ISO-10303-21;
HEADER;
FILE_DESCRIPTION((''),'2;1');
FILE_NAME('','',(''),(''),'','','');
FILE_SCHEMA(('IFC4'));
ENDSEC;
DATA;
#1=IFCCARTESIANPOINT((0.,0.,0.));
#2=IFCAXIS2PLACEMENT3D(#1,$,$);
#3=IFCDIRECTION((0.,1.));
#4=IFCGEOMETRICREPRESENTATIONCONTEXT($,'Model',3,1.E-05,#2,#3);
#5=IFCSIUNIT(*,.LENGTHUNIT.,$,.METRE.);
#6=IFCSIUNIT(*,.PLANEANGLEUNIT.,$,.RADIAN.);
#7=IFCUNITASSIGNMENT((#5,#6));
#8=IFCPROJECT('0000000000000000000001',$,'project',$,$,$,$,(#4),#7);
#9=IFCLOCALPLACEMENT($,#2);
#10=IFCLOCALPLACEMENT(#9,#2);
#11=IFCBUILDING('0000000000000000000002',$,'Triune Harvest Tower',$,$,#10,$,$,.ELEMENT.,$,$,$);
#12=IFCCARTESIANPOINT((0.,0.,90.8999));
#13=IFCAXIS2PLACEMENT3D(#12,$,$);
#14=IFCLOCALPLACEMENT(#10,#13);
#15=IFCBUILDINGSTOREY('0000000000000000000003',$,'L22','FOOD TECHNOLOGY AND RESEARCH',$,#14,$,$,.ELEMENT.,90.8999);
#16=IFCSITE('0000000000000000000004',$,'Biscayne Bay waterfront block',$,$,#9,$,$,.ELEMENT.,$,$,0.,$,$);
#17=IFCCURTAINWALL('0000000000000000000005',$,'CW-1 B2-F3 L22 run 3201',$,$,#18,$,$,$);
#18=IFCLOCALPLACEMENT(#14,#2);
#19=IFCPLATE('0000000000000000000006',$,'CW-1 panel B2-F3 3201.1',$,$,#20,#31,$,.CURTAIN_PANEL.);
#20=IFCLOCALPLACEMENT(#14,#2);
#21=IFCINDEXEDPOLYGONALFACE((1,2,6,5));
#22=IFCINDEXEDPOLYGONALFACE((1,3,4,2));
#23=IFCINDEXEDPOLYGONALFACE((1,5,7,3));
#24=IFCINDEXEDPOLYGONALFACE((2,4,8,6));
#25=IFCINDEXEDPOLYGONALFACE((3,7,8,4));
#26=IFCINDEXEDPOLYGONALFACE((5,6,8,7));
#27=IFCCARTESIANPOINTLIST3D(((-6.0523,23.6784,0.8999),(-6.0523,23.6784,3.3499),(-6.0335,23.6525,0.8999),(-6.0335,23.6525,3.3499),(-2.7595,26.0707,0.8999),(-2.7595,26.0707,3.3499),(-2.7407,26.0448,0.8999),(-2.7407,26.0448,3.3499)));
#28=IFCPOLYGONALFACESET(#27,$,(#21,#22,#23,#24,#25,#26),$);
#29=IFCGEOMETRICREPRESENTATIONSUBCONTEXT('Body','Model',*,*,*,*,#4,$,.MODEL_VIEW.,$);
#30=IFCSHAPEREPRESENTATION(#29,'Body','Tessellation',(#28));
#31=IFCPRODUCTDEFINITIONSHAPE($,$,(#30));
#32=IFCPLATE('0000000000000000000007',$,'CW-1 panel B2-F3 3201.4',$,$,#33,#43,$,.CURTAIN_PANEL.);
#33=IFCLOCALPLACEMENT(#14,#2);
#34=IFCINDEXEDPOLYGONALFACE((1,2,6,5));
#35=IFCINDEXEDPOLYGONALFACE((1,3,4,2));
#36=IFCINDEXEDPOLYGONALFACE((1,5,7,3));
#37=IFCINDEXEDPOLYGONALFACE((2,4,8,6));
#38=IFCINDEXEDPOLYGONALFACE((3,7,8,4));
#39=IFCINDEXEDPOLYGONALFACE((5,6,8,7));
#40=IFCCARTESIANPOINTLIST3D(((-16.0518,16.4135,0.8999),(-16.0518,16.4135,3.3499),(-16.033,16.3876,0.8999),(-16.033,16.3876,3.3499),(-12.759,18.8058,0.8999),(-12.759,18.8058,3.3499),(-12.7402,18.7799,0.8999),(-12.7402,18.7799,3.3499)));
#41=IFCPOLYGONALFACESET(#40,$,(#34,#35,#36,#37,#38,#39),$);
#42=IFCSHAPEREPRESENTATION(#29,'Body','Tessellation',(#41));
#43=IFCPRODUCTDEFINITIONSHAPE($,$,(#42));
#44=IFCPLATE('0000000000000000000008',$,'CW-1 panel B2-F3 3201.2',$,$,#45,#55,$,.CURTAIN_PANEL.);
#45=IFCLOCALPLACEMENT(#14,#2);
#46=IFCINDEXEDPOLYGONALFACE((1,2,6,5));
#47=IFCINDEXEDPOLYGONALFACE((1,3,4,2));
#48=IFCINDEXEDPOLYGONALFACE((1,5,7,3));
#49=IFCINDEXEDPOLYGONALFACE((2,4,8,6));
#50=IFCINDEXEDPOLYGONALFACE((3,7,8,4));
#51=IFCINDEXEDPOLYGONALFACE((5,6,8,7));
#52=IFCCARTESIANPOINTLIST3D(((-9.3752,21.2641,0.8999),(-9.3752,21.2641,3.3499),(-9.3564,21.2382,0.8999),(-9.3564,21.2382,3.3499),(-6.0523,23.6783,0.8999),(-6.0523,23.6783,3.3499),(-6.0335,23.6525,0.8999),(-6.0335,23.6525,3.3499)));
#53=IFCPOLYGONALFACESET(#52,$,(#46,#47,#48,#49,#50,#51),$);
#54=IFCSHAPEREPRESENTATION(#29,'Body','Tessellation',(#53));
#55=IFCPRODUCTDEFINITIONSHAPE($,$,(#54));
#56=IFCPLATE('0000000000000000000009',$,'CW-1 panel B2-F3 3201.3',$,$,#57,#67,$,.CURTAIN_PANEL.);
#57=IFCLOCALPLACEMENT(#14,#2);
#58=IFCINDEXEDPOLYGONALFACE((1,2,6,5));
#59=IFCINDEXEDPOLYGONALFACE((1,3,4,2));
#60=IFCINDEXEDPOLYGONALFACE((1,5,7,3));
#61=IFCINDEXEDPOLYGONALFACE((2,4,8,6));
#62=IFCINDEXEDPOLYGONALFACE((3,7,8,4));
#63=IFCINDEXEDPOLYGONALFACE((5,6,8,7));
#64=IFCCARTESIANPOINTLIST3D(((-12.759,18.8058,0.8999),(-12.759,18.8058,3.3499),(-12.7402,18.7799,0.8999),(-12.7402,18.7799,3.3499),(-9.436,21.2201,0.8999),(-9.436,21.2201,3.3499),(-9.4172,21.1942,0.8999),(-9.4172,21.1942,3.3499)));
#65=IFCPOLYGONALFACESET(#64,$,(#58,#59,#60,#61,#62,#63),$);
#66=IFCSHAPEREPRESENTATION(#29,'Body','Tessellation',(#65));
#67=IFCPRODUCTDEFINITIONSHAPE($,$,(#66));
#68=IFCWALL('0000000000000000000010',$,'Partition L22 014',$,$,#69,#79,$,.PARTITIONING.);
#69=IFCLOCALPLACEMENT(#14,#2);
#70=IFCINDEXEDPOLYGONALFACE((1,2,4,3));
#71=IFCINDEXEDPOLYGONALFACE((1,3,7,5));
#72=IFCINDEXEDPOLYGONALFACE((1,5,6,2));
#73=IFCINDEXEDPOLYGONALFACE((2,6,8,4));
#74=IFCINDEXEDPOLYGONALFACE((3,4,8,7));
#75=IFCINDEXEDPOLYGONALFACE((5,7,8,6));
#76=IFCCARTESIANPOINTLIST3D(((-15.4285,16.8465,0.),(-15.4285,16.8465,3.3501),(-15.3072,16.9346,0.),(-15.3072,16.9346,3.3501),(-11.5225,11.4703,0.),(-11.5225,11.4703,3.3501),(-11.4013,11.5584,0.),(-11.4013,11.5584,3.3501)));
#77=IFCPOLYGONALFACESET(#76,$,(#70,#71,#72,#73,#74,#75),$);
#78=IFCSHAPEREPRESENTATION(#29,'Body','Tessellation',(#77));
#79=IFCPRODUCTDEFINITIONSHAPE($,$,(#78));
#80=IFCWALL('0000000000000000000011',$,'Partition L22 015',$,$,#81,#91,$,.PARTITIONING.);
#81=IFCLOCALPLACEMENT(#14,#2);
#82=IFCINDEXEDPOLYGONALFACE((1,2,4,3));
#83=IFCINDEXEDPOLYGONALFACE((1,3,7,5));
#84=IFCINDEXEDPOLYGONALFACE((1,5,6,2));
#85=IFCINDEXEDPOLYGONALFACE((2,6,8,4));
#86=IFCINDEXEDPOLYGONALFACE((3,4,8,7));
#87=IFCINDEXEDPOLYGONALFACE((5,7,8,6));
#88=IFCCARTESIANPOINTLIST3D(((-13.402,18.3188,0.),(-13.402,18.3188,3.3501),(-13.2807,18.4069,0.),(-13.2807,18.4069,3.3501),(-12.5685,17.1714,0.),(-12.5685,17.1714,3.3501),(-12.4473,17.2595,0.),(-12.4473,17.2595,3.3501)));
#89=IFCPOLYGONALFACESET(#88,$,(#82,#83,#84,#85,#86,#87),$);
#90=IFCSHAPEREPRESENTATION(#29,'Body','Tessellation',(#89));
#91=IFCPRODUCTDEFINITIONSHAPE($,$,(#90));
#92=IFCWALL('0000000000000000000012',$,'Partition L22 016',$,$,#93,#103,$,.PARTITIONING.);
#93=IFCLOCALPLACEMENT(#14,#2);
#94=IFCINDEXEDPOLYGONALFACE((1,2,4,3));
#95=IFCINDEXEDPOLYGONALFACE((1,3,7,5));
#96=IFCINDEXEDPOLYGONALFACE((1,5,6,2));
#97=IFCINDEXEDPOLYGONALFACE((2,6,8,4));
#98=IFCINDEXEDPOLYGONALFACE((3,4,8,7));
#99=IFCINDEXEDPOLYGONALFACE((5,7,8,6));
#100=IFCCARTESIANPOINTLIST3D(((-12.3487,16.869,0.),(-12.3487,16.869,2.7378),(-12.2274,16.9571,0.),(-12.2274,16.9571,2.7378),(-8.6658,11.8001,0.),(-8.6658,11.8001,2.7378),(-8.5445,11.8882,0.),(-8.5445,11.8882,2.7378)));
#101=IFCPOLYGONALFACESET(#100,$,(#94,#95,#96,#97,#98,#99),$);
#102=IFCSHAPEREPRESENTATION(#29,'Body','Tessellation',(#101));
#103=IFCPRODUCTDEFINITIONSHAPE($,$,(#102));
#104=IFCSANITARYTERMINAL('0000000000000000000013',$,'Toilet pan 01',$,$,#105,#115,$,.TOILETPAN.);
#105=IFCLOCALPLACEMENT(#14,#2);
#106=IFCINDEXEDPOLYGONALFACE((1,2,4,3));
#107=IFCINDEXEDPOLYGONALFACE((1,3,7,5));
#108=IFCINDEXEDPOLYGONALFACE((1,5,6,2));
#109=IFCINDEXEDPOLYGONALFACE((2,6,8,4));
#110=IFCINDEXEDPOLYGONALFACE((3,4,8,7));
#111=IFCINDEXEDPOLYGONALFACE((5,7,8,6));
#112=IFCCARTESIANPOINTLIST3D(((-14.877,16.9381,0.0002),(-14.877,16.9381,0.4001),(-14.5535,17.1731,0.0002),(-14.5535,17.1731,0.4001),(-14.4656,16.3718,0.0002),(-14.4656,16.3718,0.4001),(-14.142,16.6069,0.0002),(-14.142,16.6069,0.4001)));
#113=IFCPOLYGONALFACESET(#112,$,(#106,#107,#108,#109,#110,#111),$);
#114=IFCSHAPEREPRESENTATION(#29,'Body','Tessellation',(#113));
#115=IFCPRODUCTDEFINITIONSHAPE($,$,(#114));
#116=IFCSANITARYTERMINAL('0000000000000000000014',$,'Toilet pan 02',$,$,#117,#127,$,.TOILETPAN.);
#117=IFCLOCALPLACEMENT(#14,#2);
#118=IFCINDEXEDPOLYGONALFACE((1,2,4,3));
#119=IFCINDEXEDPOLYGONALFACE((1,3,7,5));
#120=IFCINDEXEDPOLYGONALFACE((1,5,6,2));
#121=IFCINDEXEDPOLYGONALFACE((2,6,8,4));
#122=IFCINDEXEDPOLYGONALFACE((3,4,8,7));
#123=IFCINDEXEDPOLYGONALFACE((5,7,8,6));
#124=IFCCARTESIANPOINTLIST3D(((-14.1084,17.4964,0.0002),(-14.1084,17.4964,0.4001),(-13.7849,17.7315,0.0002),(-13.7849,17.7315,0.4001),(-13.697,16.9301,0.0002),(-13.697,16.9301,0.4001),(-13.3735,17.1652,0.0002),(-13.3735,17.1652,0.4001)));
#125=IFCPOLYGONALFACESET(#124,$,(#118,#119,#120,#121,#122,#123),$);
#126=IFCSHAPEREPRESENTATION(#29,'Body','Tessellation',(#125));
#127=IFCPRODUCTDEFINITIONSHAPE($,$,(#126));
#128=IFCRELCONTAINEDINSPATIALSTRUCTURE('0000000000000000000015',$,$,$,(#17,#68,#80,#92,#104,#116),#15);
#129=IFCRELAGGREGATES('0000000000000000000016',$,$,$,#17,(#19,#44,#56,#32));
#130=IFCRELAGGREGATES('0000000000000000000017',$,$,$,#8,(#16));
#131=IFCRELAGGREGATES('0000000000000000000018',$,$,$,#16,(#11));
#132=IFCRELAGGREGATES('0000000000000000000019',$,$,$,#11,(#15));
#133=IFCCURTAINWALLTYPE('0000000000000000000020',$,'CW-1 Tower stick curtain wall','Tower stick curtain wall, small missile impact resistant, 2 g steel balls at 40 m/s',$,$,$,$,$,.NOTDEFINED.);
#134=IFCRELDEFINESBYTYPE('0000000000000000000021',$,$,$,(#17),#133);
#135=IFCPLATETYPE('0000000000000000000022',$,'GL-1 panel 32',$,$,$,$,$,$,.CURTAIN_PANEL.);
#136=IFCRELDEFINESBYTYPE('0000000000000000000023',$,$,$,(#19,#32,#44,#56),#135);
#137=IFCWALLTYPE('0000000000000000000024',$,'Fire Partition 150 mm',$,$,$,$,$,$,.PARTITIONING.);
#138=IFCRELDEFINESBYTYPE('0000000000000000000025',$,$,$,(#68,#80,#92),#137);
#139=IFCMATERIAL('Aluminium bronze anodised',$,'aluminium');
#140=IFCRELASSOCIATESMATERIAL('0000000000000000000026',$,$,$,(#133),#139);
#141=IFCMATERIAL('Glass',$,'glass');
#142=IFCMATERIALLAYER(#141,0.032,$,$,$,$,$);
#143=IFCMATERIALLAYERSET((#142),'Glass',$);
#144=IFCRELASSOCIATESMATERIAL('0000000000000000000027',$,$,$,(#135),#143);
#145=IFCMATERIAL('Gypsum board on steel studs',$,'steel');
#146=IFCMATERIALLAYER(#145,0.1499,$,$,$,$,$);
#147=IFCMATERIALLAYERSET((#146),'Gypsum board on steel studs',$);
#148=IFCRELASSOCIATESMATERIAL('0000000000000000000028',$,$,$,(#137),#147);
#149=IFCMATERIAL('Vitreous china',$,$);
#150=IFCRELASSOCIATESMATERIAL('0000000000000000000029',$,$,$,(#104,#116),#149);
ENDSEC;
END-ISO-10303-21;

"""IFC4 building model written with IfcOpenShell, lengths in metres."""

from ifc_helpers import new_model, si_unit, direction, frame, frame_2d, origin, origin_2d, place, context, subcontext, project, spatial, rectangle, extrude, source, transform, mapped, material, layer, layer_set, type_object, element, aggregate, save


model = new_model("IFC4")

# Units and contexts
model_context = context("Model", 3, precision=1e-05, world=origin(), true_north=direction((0.0, 1.0)))
body_context = subcontext(model_context, "Body", "Model", "MODEL_VIEW")
ifc_project = project(units=[si_unit("LENGTHUNIT", "METRE"), si_unit("PLANEANGLEUNIT", "RADIAN")], contexts=[model_context])

# Site, building, storey
site_placement = place(None, origin())
site = spatial("IfcSite", under=ifc_project, at=site_placement, Name="Biscayne Bay waterfront block", CompositionType="ELEMENT", RefElevation=0.0)
building_placement = place(site_placement, origin())
building = spatial("IfcBuilding", under=site, at=building_placement, Name="Triune Harvest Tower", CompositionType="ELEMENT")
storey_placement = place(building_placement, frame((0.0, 0.0, 90.8999)))
storey = spatial("IfcBuildingStorey", under=building, at=storey_placement, Name="L22", Description="FOOD TECHNOLOGY AND RESEARCH", CompositionType="ELEMENT", Elevation=90.8999)

# Curtain wall
ifc_material_1 = material(Name="Aluminium bronze anodised", Category="aluminium")
curtain_wall_type_1 = type_object("IfcCurtainWallType", Name="CW-1 Tower stick curtain wall", Description="Tower stick curtain wall, small missile impact resistant, 2 g steel balls at 40 m/s", PredefinedType="NOTDEFINED", material=ifc_material_1)
curtain_wall_1_placement = place(storey_placement, origin())
curtain_wall_1 = element("IfcCurtainWall", 1, at=curtain_wall_1_placement, inside=storey, type_object=curtain_wall_type_1, Name="CW-1 B2-F3 L22 run 3201")

# Plates
ifc_material_2 = material(Name="Glass", Category="glass")
ifc_layer_1 = layer(ifc_material_2, 0.032)
ifc_layer_set_1 = layer_set([ifc_layer_1], Name="Glass")
plate_type_1 = type_object("IfcPlateType", Name="GL-1 panel 32", PredefinedType="CURTAIN_PANEL", material=ifc_layer_set_1)
shared_shape_1 = source(origin(), body_context, "Body", "SweptSolid", [
    extrude(rectangle(XDim=4.0701, YDim=0.032, at=origin_2d()), origin(), (0.0, 0.0, 1.0), 2.45),
])
plate_1_placement = place(storey_placement, frame((-4.3965, 24.8616, 0.8999), z_axis=(0.0, 0.0, 1.0), x_axis=(-0.809018, -0.587783, 0.0)))
plate_1 = element("IfcPlate", 2, at=plate_1_placement, type_object=plate_type_1, Name="CW-1 panel B2-F3 3201.1", PredefinedType="CURTAIN_PANEL", context=body_context, shape_type="MappedRepresentation", body=[
    mapped(shared_shape_1, transform((0.0, 0.0, 0.0), scale=1.0)),
])
plate_2_placement = place(storey_placement, frame((-14.396, 17.5967, 0.8999), z_axis=(0.0, 0.0, 1.0), x_axis=(-0.809018, -0.587783, 0.0)))
plate_2 = element("IfcPlate", 3, at=plate_2_placement, type_object=plate_type_1, Name="CW-1 panel B2-F3 3201.4", PredefinedType="CURTAIN_PANEL", context=body_context, shape_type="MappedRepresentation", body=[
    mapped(shared_shape_1, transform((0.0, 0.0, 0.0), scale=1.0)),
])
shared_shape_2 = source(origin(), body_context, "Body", "SweptSolid", [
    extrude(rectangle(XDim=4.1074, YDim=0.032, at=origin_2d()), origin(), (0.0, 0.0, 1.0), 2.45),
])
plate_3_placement = place(storey_placement, frame((-7.7043, 22.4583, 0.8999), z_axis=(0.0, 0.0, 1.0), x_axis=(-0.809018, -0.587783, 0.0)))
plate_3 = element("IfcPlate", 4, at=plate_3_placement, type_object=plate_type_1, Name="CW-1 panel B2-F3 3201.2", PredefinedType="CURTAIN_PANEL", context=body_context, shape_type="MappedRepresentation", body=[
    mapped(shared_shape_2, transform((0.0, 0.0, 0.0), scale=1.0)),
])
plate_4_placement = place(storey_placement, frame((-11.0881, 20.0, 0.8999), z_axis=(0.0, 0.0, 1.0), x_axis=(-0.809018, -0.587783, 0.0)))
plate_4 = element("IfcPlate", 5, at=plate_4_placement, type_object=plate_type_1, Name="CW-1 panel B2-F3 3201.3", PredefinedType="CURTAIN_PANEL", context=body_context, shape_type="MappedRepresentation", body=[
    mapped(shared_shape_2, transform((0.0, 0.0, 0.0), scale=1.0)),
])
aggregate(curtain_wall_1, [plate_1, plate_3, plate_4, plate_2])

# Walls
ifc_material_3 = material(Name="Gypsum board on steel studs", Category="steel")
ifc_layer_2 = layer(ifc_material_3, 0.1499)
ifc_layer_set_2 = layer_set([ifc_layer_2], Name="Gypsum board on steel studs")
wall_type = type_object("IfcWallType", Name="Fire Partition 150 mm", PredefinedType="PARTITIONING", material=ifc_layer_set_2)
wall_1_placement = place(storey_placement, frame((-15.3679, 16.8906, 0.0), z_axis=(0.0, 0.0, 1.0), x_axis=(0.587781, -0.80902, 0.0)))
element("IfcWall", 6, at=wall_1_placement, inside=storey, type_object=wall_type, Name="Partition L22 014", PredefinedType="PARTITIONING", context=body_context, shape_type="SweptSolid", body=[
    extrude(rectangle(XDim=6.6453, YDim=0.1499, at=frame_2d((3.3228, 0.0))), origin(), (0.0, 0.0, 1.0), 3.3501),
])
wall_2_placement = place(storey_placement, frame((-13.3413, 18.3628, 0.0), z_axis=(0.0, 0.0, 1.0), x_axis=(0.587701, -0.809078, 0.0)))
element("IfcWall", 7, at=wall_2_placement, inside=storey, type_object=wall_type, Name="Partition L22 015", PredefinedType="PARTITIONING", context=body_context, shape_type="SweptSolid", body=[
    extrude(rectangle(XDim=1.4182, YDim=0.1499, at=frame_2d((0.709, 0.0))), origin(), (0.0, 0.0, 1.0), 3.3501),
])
wall_3_placement = place(storey_placement, frame((-12.2881, 16.9131, 0.0), z_axis=(0.0, 0.0, 1.0), x_axis=(0.587799, -0.809007, 0.0)))
element("IfcWall", 8, at=wall_3_placement, inside=storey, type_object=wall_type, Name="Partition L22 016", PredefinedType="PARTITIONING", context=body_context, shape_type="SweptSolid", body=[
    extrude(rectangle(XDim=6.2656, YDim=0.1499, at=frame_2d((3.1328, 0.0))), origin(), (0.0, 0.0, 1.0), 2.7378),
])

# Sanitary terminals
ifc_material_4 = material(Name="Vitreous china")
shared_shape_3 = source(origin(), body_context, "Body", "SweptSolid", [
    extrude(rectangle(XDim=0.3999, YDim=0.7, at=origin_2d()), origin(), (0.0, 0.0, 1.0), 0.3999),
])
for number, where, z_axis, x_axis, name in (
    (9, (-14.5095, 16.7725, 0.0002), (0.0, 0.0, 1.0), (0.809007, 0.587799, 0.0), "Toilet pan 01"),
    (10, (-13.741, 17.3308, 0.0002), (0.0, 0.0, 1.0), (0.809007, 0.587799, 0.0), "Toilet pan 02"),
):
    element("IfcSanitaryTerminal", number, at=place(storey_placement, frame(where, z_axis=z_axis, x_axis=x_axis)), inside=storey, material=ifc_material_4, Name=name, PredefinedType="TOILETPAN", context=body_context, shape_type="MappedRepresentation", body=[
        mapped(shared_shape_3, transform((0.0, 0.0, 0.0), scale=1.0)),
    ])

save(model, "model.ifc")
